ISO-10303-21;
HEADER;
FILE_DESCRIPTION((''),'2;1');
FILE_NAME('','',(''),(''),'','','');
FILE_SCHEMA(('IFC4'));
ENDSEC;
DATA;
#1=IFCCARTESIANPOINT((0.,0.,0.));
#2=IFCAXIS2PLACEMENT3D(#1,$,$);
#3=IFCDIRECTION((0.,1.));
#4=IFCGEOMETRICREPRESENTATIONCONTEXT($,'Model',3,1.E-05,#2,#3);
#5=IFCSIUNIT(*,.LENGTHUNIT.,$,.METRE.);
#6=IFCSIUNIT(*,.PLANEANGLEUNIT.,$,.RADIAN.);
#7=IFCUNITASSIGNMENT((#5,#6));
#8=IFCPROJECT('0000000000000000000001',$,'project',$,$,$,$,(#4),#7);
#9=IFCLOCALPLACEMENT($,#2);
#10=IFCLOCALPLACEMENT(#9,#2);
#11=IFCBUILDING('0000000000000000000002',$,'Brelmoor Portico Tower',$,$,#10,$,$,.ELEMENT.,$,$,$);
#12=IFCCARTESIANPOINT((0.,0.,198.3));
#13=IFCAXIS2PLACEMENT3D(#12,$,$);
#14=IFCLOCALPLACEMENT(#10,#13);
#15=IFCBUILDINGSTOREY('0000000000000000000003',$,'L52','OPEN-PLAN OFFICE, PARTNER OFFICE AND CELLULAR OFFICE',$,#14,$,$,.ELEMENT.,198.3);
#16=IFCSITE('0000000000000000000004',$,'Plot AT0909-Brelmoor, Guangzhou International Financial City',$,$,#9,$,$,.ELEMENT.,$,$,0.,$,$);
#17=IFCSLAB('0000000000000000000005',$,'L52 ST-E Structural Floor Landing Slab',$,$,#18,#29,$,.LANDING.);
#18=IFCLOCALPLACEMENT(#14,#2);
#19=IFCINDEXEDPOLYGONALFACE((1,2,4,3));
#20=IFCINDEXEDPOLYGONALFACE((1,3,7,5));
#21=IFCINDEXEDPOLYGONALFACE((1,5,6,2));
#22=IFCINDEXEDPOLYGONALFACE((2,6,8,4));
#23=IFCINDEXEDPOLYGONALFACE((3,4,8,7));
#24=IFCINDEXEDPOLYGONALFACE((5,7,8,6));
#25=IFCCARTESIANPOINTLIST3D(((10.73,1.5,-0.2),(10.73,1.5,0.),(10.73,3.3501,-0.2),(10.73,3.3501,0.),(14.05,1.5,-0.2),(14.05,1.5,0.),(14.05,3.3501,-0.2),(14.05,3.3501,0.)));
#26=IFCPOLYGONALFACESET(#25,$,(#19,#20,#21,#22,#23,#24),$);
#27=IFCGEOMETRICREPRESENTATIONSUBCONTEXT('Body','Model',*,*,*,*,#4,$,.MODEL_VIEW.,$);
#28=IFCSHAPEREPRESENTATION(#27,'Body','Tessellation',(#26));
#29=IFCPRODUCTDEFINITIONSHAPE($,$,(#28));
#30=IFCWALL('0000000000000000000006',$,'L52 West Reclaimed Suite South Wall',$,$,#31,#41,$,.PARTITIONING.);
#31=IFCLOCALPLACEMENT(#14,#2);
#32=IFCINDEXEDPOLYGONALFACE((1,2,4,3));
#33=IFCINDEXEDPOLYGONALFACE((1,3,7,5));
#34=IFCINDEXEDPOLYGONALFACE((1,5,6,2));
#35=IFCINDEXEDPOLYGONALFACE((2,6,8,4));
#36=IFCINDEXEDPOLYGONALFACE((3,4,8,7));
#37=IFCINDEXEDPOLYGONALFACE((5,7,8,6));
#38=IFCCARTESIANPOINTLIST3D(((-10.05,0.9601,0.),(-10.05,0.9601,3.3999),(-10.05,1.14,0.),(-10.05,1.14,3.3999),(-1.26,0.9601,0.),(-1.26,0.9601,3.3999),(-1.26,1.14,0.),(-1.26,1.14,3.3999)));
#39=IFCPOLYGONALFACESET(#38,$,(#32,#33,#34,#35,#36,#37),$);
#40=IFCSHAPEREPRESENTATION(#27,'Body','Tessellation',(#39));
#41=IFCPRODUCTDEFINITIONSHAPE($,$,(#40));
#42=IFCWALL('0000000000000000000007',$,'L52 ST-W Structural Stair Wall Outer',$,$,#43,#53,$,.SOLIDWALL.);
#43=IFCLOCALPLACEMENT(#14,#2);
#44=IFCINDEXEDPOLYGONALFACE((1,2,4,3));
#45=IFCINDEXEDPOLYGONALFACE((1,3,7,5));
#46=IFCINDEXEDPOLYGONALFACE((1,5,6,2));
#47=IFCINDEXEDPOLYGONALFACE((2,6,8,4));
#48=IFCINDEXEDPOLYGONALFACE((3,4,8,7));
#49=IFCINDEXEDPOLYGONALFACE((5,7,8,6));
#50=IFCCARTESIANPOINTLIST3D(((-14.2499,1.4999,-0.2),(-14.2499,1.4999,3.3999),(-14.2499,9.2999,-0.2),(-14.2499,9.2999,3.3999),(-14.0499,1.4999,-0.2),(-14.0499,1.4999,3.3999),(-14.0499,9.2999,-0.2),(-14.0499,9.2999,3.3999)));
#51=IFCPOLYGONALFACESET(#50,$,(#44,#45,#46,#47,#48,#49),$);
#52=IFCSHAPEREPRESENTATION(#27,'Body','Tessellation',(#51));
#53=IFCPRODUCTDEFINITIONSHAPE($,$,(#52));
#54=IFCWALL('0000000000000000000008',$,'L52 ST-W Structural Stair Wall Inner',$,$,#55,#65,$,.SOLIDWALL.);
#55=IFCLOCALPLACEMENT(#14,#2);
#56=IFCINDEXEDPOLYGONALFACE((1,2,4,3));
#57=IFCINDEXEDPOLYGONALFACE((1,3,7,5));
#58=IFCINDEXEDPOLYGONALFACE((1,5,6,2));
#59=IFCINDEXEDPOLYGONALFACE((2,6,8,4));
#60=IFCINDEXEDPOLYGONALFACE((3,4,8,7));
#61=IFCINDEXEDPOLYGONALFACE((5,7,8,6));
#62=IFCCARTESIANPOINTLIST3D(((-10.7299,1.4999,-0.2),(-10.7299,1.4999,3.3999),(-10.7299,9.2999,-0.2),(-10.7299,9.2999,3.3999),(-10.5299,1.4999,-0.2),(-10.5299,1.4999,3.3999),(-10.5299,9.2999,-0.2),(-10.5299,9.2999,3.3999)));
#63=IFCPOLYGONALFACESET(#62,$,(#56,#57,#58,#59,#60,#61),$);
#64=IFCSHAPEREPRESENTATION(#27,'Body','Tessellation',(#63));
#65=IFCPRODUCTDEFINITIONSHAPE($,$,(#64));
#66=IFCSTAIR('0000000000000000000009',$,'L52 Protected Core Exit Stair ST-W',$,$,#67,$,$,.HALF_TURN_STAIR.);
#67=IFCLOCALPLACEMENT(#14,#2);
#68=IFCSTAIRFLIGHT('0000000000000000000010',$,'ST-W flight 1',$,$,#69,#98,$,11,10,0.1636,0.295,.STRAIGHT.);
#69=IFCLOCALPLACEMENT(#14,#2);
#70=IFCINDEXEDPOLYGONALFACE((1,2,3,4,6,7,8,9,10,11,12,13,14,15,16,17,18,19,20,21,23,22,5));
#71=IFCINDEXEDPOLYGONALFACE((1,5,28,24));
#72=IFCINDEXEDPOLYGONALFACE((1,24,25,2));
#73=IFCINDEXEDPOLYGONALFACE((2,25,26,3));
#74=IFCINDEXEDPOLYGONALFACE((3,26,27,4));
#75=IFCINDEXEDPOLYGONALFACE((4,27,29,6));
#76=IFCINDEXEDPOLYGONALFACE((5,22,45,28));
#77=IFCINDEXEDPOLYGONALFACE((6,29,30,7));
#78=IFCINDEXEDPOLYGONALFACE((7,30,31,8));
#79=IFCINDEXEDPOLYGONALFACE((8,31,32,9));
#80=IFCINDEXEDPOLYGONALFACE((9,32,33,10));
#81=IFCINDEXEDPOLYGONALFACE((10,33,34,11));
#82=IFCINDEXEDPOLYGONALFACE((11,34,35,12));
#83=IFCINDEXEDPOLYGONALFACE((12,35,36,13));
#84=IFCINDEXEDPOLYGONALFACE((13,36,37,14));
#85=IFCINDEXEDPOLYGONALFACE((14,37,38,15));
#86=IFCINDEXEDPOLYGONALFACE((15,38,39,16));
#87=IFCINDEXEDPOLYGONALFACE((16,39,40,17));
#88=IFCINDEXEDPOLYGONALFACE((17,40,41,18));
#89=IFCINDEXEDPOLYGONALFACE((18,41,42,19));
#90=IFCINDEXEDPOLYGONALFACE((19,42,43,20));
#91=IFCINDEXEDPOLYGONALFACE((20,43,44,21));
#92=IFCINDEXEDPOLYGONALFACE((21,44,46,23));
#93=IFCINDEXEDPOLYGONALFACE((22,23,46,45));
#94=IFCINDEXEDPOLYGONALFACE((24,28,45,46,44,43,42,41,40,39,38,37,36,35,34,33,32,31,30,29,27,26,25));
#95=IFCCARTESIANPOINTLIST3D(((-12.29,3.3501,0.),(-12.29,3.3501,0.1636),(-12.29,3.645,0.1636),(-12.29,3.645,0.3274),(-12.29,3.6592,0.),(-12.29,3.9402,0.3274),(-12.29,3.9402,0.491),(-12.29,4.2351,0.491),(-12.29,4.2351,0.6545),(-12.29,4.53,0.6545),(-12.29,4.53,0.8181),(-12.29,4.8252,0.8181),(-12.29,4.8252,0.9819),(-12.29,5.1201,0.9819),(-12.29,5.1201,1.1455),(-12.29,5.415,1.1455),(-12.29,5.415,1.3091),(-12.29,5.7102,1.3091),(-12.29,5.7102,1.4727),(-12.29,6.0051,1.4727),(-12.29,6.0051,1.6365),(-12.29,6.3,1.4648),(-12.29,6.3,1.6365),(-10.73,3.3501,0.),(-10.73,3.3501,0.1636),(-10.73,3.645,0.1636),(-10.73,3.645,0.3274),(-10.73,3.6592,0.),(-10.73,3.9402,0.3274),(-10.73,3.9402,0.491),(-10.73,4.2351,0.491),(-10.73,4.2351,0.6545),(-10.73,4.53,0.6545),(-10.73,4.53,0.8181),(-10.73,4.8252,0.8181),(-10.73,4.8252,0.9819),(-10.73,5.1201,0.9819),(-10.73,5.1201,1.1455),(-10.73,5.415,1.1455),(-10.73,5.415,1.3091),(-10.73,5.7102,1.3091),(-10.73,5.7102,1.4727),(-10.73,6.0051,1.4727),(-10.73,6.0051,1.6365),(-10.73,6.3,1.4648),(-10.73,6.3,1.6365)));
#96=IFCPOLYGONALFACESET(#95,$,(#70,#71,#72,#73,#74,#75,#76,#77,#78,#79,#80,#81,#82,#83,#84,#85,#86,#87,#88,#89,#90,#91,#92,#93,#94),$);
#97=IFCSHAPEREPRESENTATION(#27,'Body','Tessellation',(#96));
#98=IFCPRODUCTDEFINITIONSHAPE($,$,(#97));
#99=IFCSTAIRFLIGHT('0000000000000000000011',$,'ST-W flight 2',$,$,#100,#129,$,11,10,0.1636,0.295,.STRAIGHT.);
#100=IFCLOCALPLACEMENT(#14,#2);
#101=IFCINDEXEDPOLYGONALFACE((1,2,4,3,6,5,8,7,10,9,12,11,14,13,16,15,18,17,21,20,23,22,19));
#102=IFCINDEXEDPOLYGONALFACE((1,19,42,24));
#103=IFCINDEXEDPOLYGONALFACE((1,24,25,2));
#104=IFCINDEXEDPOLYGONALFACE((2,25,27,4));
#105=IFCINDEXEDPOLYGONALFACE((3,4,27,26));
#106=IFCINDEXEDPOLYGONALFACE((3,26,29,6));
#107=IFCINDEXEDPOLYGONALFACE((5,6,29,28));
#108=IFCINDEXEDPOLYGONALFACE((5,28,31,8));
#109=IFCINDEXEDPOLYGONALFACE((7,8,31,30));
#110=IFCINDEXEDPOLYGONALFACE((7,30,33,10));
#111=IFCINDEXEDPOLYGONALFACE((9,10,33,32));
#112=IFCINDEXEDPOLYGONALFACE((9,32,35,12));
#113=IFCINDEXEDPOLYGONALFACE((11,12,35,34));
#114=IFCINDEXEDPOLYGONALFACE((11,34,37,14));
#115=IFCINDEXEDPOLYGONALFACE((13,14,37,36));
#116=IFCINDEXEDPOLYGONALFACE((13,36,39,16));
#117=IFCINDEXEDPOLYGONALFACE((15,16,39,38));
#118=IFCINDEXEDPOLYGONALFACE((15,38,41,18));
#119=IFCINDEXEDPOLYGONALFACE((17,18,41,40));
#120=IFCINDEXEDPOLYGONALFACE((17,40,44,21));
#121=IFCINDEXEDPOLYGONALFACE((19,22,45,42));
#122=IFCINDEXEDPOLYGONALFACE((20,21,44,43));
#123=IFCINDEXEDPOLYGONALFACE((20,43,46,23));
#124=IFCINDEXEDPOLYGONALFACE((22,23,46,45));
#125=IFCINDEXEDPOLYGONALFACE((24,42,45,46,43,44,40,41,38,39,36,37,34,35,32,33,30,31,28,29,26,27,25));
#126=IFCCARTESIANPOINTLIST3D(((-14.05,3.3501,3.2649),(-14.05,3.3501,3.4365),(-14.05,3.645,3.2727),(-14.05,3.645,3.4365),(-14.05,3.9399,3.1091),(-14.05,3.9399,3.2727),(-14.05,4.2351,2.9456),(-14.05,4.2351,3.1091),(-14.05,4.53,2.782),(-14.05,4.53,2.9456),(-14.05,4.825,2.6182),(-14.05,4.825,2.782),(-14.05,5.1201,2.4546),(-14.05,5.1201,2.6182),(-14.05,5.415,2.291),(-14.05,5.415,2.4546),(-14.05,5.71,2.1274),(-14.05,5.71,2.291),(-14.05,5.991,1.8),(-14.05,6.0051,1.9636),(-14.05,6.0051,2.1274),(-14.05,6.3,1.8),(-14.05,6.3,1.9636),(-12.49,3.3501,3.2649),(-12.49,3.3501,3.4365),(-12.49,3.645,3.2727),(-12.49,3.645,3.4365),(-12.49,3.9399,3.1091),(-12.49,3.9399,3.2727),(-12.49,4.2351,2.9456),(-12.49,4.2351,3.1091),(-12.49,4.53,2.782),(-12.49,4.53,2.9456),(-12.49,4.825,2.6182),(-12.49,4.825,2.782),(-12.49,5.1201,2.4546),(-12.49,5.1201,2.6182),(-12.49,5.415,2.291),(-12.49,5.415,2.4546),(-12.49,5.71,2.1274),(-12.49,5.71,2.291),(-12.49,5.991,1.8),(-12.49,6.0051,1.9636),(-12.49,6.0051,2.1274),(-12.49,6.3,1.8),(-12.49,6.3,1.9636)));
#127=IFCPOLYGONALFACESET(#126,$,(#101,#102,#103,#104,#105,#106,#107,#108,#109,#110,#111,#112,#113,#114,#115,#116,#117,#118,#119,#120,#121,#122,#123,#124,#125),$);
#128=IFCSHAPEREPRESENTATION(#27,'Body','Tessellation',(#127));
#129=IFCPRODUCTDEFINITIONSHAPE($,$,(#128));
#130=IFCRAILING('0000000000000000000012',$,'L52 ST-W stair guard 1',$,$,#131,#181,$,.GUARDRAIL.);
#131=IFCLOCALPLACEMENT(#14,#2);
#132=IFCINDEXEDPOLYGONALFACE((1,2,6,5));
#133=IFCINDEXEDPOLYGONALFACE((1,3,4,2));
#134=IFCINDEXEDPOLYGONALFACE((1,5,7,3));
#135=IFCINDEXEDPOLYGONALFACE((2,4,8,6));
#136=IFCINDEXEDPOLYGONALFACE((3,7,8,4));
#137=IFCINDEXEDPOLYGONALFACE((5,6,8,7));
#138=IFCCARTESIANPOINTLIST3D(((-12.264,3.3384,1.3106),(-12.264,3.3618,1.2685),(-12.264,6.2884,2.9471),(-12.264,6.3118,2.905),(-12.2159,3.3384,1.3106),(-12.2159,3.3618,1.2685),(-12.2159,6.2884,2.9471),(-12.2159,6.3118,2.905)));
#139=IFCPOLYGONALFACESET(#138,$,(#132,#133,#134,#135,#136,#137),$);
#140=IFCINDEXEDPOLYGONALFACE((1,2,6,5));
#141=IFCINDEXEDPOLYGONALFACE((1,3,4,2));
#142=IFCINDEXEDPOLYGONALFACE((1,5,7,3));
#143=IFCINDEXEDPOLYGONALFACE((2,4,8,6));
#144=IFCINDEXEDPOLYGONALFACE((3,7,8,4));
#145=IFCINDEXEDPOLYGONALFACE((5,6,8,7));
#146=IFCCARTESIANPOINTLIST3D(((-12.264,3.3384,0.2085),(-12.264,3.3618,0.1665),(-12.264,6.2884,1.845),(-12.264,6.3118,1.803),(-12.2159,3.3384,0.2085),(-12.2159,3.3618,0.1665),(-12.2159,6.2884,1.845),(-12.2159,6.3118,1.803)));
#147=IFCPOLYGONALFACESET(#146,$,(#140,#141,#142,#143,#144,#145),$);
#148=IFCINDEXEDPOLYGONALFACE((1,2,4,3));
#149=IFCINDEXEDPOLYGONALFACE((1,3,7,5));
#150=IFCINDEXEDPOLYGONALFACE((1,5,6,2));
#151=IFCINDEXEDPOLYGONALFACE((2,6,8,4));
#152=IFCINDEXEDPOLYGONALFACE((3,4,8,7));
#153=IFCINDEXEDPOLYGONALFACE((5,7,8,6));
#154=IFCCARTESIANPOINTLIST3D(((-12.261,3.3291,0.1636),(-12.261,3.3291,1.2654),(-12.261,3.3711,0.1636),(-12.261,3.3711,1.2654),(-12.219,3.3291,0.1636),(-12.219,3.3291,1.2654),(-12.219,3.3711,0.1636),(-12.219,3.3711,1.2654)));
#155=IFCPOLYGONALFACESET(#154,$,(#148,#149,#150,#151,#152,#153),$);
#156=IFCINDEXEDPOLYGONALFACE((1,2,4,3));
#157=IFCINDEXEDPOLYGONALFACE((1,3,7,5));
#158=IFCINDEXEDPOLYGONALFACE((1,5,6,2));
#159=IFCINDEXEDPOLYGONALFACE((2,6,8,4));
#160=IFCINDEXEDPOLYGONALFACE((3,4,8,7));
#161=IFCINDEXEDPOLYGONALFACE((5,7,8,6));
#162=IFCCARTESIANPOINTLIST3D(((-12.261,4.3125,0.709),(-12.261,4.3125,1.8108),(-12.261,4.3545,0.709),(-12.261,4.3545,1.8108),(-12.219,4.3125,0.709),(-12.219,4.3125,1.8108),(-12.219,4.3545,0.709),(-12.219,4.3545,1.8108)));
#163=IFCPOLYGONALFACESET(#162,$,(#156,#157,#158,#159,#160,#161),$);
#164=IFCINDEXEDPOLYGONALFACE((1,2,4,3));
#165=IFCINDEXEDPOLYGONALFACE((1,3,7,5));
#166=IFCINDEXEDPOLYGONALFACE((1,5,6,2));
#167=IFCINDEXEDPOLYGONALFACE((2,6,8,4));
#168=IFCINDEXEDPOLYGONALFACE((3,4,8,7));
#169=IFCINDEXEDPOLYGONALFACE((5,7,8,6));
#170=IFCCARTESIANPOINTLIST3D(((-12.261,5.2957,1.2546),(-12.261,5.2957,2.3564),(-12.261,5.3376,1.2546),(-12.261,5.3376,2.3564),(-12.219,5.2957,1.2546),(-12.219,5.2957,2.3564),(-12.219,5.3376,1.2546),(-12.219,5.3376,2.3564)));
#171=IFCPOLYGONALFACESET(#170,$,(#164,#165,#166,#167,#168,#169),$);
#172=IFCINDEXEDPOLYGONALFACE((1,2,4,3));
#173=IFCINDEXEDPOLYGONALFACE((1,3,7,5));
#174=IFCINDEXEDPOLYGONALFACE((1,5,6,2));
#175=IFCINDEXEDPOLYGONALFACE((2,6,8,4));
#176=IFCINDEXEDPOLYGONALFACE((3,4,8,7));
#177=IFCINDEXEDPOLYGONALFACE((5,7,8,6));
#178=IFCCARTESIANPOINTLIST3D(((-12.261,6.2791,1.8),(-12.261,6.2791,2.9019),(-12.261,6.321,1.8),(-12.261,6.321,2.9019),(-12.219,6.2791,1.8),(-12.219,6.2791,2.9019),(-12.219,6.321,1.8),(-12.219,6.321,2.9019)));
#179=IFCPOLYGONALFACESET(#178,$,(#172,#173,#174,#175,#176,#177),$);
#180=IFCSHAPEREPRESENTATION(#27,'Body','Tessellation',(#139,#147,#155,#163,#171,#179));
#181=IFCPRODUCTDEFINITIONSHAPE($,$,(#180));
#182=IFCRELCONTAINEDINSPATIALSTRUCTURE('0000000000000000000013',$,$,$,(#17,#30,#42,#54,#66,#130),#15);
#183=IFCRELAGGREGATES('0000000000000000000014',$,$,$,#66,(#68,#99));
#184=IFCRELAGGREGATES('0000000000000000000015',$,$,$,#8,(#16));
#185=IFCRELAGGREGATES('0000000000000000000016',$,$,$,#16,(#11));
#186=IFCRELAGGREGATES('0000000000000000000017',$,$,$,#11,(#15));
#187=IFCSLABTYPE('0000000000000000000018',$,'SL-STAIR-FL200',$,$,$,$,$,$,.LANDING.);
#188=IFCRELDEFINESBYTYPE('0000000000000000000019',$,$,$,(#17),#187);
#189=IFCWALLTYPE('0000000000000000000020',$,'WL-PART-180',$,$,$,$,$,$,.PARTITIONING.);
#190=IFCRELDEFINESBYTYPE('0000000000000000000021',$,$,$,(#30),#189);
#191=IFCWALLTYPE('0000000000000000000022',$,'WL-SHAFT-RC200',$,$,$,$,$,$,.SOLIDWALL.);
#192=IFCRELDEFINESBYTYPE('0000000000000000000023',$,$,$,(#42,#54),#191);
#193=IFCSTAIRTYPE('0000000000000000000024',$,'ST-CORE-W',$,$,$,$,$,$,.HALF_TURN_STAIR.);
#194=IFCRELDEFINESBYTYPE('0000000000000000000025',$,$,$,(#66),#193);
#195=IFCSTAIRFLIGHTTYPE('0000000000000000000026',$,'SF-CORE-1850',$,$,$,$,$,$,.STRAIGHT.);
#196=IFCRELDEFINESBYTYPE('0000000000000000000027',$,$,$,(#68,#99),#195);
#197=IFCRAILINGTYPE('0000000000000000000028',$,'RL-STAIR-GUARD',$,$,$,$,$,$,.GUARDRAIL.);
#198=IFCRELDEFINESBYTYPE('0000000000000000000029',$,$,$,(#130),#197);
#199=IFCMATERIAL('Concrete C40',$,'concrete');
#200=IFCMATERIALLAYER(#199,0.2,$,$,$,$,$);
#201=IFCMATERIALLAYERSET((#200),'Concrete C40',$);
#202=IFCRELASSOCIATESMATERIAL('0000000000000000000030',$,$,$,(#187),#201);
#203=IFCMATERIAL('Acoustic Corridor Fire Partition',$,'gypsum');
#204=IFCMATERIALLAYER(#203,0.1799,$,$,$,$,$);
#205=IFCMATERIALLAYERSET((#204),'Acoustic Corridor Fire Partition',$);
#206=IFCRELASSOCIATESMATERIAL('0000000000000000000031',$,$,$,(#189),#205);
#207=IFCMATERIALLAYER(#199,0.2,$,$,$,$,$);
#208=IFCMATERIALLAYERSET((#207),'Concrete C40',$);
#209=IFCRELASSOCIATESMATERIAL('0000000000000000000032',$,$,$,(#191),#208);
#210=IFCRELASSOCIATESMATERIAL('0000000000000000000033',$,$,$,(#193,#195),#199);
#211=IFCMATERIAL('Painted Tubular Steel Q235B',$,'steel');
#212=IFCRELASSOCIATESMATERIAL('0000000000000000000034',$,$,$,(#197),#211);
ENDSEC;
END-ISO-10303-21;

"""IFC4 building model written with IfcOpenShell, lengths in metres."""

from ifc_helpers import new_model, si_unit, direction, frame, frame_2d, origin, origin_2d, place, context, subcontext, project, spatial, polyline, rectangle, outline, extrude, material, layer, layer_set, type_object, element, aggregate, save


model = new_model("IFC4")

# Units and contexts
model_context = context("Model", 3, precision=1e-05, world=origin(), true_north=direction((0.0, 1.0)))
body_context = subcontext(model_context, "Body", "Model", "MODEL_VIEW")
ifc_project = project(units=[si_unit("LENGTHUNIT", "METRE"), si_unit("PLANEANGLEUNIT", "RADIAN")], contexts=[model_context])

# Site, building, storey
site_placement = place(None, origin())
site = spatial("IfcSite", under=ifc_project, at=site_placement, Name="Plot AT0909-Brelmoor, Guangzhou International Financial City", CompositionType="ELEMENT", RefElevation=0.0)
building_placement = place(site_placement, origin())
building = spatial("IfcBuilding", under=site, at=building_placement, Name="Brelmoor Portico Tower", CompositionType="ELEMENT")
storey_placement = place(building_placement, frame((0.0, 0.0, 198.3)))
storey = spatial("IfcBuildingStorey", under=building, at=storey_placement, Name="L52", Description="OPEN-PLAN OFFICE, PARTNER OFFICE AND CELLULAR OFFICE", CompositionType="ELEMENT", Elevation=198.3)

# Slab
ifc_material_1 = material(Name="Concrete C40", Category="concrete")
ifc_layer_1 = layer(ifc_material_1, 0.2)
ifc_layer_set_1 = layer_set([ifc_layer_1], Name="Concrete C40")
slab_type_1 = type_object("IfcSlabType", Name="SL-STAIR-FL200", PredefinedType="LANDING", material=ifc_layer_set_1)
slab_1_placement = place(storey_placement, frame((0.0, 0.0, -0.2)))
element("IfcSlab", 1, at=slab_1_placement, inside=storey, type_object=slab_type_1, Name="L52 ST-E Structural Floor Landing Slab", PredefinedType="LANDING", context=body_context, shape_type="SweptSolid", body=[
    extrude(outline(polyline([(14.05, 1.5), (14.05, 3.3501), (10.73, 3.3501), (10.73, 1.5), (14.05, 1.5)])), origin(), (0.0, 0.0, 1.0), 0.2),
])

# Walls
ifc_material_2 = material(Name="Acoustic Corridor Fire Partition", Category="gypsum")
ifc_layer_2 = layer(ifc_material_2, 0.1799)
ifc_layer_set_2 = layer_set([ifc_layer_2], Name="Acoustic Corridor Fire Partition")
wall_type_1 = type_object("IfcWallType", Name="WL-PART-180", PredefinedType="PARTITIONING", material=ifc_layer_set_2)
wall_placement = place(storey_placement, frame((-10.05, 1.05, 0.0), z_axis=(0.0, 0.0, 1.0), x_axis=(1.0, 0.0, 0.0)))
element("IfcWall", 2, at=wall_placement, inside=storey, type_object=wall_type_1, Name="L52 West Reclaimed Suite South Wall", PredefinedType="PARTITIONING", context=body_context, shape_type="SweptSolid", body=[
    extrude(rectangle(XDim=8.79, YDim=0.1799, at=frame_2d((4.395, 0.0))), origin(), (0.0, 0.0, 1.0), 3.3999),
])
ifc_layer_3 = layer(ifc_material_1, 0.2)
ifc_layer_set_3 = layer_set([ifc_layer_3], Name="Concrete C40")
wall_type_2 = type_object("IfcWallType", Name="WL-SHAFT-RC200", PredefinedType="SOLIDWALL", material=ifc_layer_set_3)
for number, where, z_axis, x_axis, name in (
    (3, (-14.1499, 1.5, -0.2), (0.0, 0.0, 1.0), (0.0, 1.0, 0.0), "L52 ST-W Structural Stair Wall Outer"),
    (4, (-10.6299, 1.5, -0.2), (0.0, 0.0, 1.0), (0.0, 1.0, 0.0), "L52 ST-W Structural Stair Wall Inner"),
):
    element("IfcWall", number, at=place(storey_placement, frame(where, z_axis=z_axis, x_axis=x_axis)), inside=storey, type_object=wall_type_2, Name=name, PredefinedType="SOLIDWALL", context=body_context, shape_type="SweptSolid", body=[
        extrude(rectangle(XDim=7.8, YDim=0.2, at=frame_2d((3.8999, 0.0))), origin(), (0.0, 0.0, 1.0), 3.5999),
    ])

# Stair, stair flights
stair_type = type_object("IfcStairType", Name="ST-CORE-W", PredefinedType="HALF_TURN_STAIR", material=ifc_material_1)
stair_placement = place(storey_placement, origin())
stair = element("IfcStair", 5, at=stair_placement, inside=storey, type_object=stair_type, Name="L52 Protected Core Exit Stair ST-W", PredefinedType="HALF_TURN_STAIR")
stair_flight_type = type_object("IfcStairFlightType", Name="SF-CORE-1850", PredefinedType="STRAIGHT", material=ifc_material_1)
stair_flight_1_placement = place(storey_placement, frame((-11.51, 3.3501, 0.0), z_axis=(0.0, 0.0, 1.0), x_axis=(0.0, 1.0, 0.0)))
stair_flight_1 = element("IfcStairFlight", 6, at=stair_flight_1_placement, type_object=stair_flight_type, Name="ST-W flight 1", NumberOfRisers=11, NumberOfTreads=10, PredefinedType="STRAIGHT", RiserHeight=0.1636, TreadLength=0.295, context=body_context, shape_type="SweptSolid", body=[
    extrude(outline(polyline([(0.0, 0.0), (0.0, 0.1636), (0.2949, 0.1636), (0.2949, 0.3274), (0.5901, 0.3274), (0.5901, 0.491), (0.885, 0.491), (0.885, 0.6545), (1.1799, 0.6545), (1.1799, 0.8181), (1.4751, 0.8181), (1.4751, 0.9819), (1.77, 0.9819), (1.77, 1.1455), (2.0649, 1.1455), (2.0649, 1.3091), (2.3601, 1.3091), (2.3601, 1.4727), (2.655, 1.4727), (2.655, 1.6365), (2.95, 1.6365), (2.95, 1.8), (2.95, 1.4648), (0.3091, 0.0), (0.0, 0.0)])), frame((0.0, 0.78, 0.0), z_axis=(0.0, -1.0, 0.0), x_axis=(1.0, 0.0, 0.0)), (0.0, 0.0, 1.0), 1.5601),
])
stair_flight_2_placement = place(storey_placement, frame((-13.27, 6.3, 1.8), z_axis=(0.0, 0.0, 1.0), x_axis=(0.0, -1.0, 0.0)))
stair_flight_2 = element("IfcStairFlight", 7, at=stair_flight_2_placement, type_object=stair_flight_type, Name="ST-W flight 2", NumberOfRisers=11, NumberOfTreads=10, PredefinedType="STRAIGHT", RiserHeight=0.1636, TreadLength=0.295, context=body_context, shape_type="SweptSolid", body=[
    extrude(outline(polyline([(0.0, 0.0), (0.0, 0.1636), (0.2949, 0.1636), (0.2949, 0.3274), (0.5901, 0.3274), (0.5901, 0.491), (0.885, 0.491), (0.885, 0.6545), (1.1799, 0.6545), (1.1799, 0.8181), (1.4751, 0.8181), (1.4751, 0.9819), (1.77, 0.9819), (1.77, 1.1455), (2.0649, 1.1455), (2.0649, 1.3091), (2.3601, 1.3091), (2.3601, 1.4727), (2.655, 1.4727), (2.655, 1.6365), (2.95, 1.6365), (2.95, 1.8), (2.95, 1.4648), (0.3091, 0.0), (0.0, 0.0)])), frame((0.0, 0.78, 0.0), z_axis=(0.0, -1.0, 0.0), x_axis=(1.0, 0.0, 0.0)), (0.0, 0.0, 1.0), 1.5601),
])
aggregate(stair, [stair_flight_1, stair_flight_2])

# Railing
ifc_material_3 = material(Name="Painted Tubular Steel Q235B", Category="steel")
railing_type_1 = type_object("IfcRailingType", Name="RL-STAIR-GUARD", PredefinedType="GUARDRAIL", material=ifc_material_3)
railing_1_placement = place(storey_placement, frame((-12.24, 3.3501, 0.1636)))
element("IfcRailing", 8, at=railing_1_placement, inside=storey, type_object=railing_type_1, Name="L52 ST-W stair guard 1", PredefinedType="GUARDRAIL", context=body_context, shape_type="SweptSolid", body=[
    extrude(rectangle(XDim=0.0481, YDim=0.0481, at=origin_2d()), frame((0.0, 0.0, 1.126), z_axis=(0.0, 0.874458, 0.485102), x_axis=(-1.0, 0.0, 0.0)), (0.0, 0.0, 1.0), 3.3735),
    extrude(rectangle(XDim=0.0481, YDim=0.0481, at=origin_2d()), frame((0.0, 0.0, 0.0239), z_axis=(0.0, 0.874458, 0.485102), x_axis=(-1.0, 0.0, 0.0)), (0.0, 0.0, 1.0), 3.3735),
    extrude(rectangle(XDim=0.042, YDim=0.042, at=origin_2d()), origin(), (0.0, 0.0, 1.0), 1.1018),
    extrude(rectangle(XDim=0.042, YDim=0.042, at=origin_2d()), frame((0.0, 0.9834, 0.5454)), (0.0, 0.0, 1.0), 1.1018),
    extrude(rectangle(XDim=0.042, YDim=0.042, at=origin_2d()), frame((0.0, 1.9666, 1.0911)), (0.0, 0.0, 1.0), 1.1018),
    extrude(rectangle(XDim=0.042, YDim=0.042, at=origin_2d()), frame((0.0, 2.95, 1.6365)), (0.0, 0.0, 1.0), 1.1018),
])

save(model, "model.ifc")
